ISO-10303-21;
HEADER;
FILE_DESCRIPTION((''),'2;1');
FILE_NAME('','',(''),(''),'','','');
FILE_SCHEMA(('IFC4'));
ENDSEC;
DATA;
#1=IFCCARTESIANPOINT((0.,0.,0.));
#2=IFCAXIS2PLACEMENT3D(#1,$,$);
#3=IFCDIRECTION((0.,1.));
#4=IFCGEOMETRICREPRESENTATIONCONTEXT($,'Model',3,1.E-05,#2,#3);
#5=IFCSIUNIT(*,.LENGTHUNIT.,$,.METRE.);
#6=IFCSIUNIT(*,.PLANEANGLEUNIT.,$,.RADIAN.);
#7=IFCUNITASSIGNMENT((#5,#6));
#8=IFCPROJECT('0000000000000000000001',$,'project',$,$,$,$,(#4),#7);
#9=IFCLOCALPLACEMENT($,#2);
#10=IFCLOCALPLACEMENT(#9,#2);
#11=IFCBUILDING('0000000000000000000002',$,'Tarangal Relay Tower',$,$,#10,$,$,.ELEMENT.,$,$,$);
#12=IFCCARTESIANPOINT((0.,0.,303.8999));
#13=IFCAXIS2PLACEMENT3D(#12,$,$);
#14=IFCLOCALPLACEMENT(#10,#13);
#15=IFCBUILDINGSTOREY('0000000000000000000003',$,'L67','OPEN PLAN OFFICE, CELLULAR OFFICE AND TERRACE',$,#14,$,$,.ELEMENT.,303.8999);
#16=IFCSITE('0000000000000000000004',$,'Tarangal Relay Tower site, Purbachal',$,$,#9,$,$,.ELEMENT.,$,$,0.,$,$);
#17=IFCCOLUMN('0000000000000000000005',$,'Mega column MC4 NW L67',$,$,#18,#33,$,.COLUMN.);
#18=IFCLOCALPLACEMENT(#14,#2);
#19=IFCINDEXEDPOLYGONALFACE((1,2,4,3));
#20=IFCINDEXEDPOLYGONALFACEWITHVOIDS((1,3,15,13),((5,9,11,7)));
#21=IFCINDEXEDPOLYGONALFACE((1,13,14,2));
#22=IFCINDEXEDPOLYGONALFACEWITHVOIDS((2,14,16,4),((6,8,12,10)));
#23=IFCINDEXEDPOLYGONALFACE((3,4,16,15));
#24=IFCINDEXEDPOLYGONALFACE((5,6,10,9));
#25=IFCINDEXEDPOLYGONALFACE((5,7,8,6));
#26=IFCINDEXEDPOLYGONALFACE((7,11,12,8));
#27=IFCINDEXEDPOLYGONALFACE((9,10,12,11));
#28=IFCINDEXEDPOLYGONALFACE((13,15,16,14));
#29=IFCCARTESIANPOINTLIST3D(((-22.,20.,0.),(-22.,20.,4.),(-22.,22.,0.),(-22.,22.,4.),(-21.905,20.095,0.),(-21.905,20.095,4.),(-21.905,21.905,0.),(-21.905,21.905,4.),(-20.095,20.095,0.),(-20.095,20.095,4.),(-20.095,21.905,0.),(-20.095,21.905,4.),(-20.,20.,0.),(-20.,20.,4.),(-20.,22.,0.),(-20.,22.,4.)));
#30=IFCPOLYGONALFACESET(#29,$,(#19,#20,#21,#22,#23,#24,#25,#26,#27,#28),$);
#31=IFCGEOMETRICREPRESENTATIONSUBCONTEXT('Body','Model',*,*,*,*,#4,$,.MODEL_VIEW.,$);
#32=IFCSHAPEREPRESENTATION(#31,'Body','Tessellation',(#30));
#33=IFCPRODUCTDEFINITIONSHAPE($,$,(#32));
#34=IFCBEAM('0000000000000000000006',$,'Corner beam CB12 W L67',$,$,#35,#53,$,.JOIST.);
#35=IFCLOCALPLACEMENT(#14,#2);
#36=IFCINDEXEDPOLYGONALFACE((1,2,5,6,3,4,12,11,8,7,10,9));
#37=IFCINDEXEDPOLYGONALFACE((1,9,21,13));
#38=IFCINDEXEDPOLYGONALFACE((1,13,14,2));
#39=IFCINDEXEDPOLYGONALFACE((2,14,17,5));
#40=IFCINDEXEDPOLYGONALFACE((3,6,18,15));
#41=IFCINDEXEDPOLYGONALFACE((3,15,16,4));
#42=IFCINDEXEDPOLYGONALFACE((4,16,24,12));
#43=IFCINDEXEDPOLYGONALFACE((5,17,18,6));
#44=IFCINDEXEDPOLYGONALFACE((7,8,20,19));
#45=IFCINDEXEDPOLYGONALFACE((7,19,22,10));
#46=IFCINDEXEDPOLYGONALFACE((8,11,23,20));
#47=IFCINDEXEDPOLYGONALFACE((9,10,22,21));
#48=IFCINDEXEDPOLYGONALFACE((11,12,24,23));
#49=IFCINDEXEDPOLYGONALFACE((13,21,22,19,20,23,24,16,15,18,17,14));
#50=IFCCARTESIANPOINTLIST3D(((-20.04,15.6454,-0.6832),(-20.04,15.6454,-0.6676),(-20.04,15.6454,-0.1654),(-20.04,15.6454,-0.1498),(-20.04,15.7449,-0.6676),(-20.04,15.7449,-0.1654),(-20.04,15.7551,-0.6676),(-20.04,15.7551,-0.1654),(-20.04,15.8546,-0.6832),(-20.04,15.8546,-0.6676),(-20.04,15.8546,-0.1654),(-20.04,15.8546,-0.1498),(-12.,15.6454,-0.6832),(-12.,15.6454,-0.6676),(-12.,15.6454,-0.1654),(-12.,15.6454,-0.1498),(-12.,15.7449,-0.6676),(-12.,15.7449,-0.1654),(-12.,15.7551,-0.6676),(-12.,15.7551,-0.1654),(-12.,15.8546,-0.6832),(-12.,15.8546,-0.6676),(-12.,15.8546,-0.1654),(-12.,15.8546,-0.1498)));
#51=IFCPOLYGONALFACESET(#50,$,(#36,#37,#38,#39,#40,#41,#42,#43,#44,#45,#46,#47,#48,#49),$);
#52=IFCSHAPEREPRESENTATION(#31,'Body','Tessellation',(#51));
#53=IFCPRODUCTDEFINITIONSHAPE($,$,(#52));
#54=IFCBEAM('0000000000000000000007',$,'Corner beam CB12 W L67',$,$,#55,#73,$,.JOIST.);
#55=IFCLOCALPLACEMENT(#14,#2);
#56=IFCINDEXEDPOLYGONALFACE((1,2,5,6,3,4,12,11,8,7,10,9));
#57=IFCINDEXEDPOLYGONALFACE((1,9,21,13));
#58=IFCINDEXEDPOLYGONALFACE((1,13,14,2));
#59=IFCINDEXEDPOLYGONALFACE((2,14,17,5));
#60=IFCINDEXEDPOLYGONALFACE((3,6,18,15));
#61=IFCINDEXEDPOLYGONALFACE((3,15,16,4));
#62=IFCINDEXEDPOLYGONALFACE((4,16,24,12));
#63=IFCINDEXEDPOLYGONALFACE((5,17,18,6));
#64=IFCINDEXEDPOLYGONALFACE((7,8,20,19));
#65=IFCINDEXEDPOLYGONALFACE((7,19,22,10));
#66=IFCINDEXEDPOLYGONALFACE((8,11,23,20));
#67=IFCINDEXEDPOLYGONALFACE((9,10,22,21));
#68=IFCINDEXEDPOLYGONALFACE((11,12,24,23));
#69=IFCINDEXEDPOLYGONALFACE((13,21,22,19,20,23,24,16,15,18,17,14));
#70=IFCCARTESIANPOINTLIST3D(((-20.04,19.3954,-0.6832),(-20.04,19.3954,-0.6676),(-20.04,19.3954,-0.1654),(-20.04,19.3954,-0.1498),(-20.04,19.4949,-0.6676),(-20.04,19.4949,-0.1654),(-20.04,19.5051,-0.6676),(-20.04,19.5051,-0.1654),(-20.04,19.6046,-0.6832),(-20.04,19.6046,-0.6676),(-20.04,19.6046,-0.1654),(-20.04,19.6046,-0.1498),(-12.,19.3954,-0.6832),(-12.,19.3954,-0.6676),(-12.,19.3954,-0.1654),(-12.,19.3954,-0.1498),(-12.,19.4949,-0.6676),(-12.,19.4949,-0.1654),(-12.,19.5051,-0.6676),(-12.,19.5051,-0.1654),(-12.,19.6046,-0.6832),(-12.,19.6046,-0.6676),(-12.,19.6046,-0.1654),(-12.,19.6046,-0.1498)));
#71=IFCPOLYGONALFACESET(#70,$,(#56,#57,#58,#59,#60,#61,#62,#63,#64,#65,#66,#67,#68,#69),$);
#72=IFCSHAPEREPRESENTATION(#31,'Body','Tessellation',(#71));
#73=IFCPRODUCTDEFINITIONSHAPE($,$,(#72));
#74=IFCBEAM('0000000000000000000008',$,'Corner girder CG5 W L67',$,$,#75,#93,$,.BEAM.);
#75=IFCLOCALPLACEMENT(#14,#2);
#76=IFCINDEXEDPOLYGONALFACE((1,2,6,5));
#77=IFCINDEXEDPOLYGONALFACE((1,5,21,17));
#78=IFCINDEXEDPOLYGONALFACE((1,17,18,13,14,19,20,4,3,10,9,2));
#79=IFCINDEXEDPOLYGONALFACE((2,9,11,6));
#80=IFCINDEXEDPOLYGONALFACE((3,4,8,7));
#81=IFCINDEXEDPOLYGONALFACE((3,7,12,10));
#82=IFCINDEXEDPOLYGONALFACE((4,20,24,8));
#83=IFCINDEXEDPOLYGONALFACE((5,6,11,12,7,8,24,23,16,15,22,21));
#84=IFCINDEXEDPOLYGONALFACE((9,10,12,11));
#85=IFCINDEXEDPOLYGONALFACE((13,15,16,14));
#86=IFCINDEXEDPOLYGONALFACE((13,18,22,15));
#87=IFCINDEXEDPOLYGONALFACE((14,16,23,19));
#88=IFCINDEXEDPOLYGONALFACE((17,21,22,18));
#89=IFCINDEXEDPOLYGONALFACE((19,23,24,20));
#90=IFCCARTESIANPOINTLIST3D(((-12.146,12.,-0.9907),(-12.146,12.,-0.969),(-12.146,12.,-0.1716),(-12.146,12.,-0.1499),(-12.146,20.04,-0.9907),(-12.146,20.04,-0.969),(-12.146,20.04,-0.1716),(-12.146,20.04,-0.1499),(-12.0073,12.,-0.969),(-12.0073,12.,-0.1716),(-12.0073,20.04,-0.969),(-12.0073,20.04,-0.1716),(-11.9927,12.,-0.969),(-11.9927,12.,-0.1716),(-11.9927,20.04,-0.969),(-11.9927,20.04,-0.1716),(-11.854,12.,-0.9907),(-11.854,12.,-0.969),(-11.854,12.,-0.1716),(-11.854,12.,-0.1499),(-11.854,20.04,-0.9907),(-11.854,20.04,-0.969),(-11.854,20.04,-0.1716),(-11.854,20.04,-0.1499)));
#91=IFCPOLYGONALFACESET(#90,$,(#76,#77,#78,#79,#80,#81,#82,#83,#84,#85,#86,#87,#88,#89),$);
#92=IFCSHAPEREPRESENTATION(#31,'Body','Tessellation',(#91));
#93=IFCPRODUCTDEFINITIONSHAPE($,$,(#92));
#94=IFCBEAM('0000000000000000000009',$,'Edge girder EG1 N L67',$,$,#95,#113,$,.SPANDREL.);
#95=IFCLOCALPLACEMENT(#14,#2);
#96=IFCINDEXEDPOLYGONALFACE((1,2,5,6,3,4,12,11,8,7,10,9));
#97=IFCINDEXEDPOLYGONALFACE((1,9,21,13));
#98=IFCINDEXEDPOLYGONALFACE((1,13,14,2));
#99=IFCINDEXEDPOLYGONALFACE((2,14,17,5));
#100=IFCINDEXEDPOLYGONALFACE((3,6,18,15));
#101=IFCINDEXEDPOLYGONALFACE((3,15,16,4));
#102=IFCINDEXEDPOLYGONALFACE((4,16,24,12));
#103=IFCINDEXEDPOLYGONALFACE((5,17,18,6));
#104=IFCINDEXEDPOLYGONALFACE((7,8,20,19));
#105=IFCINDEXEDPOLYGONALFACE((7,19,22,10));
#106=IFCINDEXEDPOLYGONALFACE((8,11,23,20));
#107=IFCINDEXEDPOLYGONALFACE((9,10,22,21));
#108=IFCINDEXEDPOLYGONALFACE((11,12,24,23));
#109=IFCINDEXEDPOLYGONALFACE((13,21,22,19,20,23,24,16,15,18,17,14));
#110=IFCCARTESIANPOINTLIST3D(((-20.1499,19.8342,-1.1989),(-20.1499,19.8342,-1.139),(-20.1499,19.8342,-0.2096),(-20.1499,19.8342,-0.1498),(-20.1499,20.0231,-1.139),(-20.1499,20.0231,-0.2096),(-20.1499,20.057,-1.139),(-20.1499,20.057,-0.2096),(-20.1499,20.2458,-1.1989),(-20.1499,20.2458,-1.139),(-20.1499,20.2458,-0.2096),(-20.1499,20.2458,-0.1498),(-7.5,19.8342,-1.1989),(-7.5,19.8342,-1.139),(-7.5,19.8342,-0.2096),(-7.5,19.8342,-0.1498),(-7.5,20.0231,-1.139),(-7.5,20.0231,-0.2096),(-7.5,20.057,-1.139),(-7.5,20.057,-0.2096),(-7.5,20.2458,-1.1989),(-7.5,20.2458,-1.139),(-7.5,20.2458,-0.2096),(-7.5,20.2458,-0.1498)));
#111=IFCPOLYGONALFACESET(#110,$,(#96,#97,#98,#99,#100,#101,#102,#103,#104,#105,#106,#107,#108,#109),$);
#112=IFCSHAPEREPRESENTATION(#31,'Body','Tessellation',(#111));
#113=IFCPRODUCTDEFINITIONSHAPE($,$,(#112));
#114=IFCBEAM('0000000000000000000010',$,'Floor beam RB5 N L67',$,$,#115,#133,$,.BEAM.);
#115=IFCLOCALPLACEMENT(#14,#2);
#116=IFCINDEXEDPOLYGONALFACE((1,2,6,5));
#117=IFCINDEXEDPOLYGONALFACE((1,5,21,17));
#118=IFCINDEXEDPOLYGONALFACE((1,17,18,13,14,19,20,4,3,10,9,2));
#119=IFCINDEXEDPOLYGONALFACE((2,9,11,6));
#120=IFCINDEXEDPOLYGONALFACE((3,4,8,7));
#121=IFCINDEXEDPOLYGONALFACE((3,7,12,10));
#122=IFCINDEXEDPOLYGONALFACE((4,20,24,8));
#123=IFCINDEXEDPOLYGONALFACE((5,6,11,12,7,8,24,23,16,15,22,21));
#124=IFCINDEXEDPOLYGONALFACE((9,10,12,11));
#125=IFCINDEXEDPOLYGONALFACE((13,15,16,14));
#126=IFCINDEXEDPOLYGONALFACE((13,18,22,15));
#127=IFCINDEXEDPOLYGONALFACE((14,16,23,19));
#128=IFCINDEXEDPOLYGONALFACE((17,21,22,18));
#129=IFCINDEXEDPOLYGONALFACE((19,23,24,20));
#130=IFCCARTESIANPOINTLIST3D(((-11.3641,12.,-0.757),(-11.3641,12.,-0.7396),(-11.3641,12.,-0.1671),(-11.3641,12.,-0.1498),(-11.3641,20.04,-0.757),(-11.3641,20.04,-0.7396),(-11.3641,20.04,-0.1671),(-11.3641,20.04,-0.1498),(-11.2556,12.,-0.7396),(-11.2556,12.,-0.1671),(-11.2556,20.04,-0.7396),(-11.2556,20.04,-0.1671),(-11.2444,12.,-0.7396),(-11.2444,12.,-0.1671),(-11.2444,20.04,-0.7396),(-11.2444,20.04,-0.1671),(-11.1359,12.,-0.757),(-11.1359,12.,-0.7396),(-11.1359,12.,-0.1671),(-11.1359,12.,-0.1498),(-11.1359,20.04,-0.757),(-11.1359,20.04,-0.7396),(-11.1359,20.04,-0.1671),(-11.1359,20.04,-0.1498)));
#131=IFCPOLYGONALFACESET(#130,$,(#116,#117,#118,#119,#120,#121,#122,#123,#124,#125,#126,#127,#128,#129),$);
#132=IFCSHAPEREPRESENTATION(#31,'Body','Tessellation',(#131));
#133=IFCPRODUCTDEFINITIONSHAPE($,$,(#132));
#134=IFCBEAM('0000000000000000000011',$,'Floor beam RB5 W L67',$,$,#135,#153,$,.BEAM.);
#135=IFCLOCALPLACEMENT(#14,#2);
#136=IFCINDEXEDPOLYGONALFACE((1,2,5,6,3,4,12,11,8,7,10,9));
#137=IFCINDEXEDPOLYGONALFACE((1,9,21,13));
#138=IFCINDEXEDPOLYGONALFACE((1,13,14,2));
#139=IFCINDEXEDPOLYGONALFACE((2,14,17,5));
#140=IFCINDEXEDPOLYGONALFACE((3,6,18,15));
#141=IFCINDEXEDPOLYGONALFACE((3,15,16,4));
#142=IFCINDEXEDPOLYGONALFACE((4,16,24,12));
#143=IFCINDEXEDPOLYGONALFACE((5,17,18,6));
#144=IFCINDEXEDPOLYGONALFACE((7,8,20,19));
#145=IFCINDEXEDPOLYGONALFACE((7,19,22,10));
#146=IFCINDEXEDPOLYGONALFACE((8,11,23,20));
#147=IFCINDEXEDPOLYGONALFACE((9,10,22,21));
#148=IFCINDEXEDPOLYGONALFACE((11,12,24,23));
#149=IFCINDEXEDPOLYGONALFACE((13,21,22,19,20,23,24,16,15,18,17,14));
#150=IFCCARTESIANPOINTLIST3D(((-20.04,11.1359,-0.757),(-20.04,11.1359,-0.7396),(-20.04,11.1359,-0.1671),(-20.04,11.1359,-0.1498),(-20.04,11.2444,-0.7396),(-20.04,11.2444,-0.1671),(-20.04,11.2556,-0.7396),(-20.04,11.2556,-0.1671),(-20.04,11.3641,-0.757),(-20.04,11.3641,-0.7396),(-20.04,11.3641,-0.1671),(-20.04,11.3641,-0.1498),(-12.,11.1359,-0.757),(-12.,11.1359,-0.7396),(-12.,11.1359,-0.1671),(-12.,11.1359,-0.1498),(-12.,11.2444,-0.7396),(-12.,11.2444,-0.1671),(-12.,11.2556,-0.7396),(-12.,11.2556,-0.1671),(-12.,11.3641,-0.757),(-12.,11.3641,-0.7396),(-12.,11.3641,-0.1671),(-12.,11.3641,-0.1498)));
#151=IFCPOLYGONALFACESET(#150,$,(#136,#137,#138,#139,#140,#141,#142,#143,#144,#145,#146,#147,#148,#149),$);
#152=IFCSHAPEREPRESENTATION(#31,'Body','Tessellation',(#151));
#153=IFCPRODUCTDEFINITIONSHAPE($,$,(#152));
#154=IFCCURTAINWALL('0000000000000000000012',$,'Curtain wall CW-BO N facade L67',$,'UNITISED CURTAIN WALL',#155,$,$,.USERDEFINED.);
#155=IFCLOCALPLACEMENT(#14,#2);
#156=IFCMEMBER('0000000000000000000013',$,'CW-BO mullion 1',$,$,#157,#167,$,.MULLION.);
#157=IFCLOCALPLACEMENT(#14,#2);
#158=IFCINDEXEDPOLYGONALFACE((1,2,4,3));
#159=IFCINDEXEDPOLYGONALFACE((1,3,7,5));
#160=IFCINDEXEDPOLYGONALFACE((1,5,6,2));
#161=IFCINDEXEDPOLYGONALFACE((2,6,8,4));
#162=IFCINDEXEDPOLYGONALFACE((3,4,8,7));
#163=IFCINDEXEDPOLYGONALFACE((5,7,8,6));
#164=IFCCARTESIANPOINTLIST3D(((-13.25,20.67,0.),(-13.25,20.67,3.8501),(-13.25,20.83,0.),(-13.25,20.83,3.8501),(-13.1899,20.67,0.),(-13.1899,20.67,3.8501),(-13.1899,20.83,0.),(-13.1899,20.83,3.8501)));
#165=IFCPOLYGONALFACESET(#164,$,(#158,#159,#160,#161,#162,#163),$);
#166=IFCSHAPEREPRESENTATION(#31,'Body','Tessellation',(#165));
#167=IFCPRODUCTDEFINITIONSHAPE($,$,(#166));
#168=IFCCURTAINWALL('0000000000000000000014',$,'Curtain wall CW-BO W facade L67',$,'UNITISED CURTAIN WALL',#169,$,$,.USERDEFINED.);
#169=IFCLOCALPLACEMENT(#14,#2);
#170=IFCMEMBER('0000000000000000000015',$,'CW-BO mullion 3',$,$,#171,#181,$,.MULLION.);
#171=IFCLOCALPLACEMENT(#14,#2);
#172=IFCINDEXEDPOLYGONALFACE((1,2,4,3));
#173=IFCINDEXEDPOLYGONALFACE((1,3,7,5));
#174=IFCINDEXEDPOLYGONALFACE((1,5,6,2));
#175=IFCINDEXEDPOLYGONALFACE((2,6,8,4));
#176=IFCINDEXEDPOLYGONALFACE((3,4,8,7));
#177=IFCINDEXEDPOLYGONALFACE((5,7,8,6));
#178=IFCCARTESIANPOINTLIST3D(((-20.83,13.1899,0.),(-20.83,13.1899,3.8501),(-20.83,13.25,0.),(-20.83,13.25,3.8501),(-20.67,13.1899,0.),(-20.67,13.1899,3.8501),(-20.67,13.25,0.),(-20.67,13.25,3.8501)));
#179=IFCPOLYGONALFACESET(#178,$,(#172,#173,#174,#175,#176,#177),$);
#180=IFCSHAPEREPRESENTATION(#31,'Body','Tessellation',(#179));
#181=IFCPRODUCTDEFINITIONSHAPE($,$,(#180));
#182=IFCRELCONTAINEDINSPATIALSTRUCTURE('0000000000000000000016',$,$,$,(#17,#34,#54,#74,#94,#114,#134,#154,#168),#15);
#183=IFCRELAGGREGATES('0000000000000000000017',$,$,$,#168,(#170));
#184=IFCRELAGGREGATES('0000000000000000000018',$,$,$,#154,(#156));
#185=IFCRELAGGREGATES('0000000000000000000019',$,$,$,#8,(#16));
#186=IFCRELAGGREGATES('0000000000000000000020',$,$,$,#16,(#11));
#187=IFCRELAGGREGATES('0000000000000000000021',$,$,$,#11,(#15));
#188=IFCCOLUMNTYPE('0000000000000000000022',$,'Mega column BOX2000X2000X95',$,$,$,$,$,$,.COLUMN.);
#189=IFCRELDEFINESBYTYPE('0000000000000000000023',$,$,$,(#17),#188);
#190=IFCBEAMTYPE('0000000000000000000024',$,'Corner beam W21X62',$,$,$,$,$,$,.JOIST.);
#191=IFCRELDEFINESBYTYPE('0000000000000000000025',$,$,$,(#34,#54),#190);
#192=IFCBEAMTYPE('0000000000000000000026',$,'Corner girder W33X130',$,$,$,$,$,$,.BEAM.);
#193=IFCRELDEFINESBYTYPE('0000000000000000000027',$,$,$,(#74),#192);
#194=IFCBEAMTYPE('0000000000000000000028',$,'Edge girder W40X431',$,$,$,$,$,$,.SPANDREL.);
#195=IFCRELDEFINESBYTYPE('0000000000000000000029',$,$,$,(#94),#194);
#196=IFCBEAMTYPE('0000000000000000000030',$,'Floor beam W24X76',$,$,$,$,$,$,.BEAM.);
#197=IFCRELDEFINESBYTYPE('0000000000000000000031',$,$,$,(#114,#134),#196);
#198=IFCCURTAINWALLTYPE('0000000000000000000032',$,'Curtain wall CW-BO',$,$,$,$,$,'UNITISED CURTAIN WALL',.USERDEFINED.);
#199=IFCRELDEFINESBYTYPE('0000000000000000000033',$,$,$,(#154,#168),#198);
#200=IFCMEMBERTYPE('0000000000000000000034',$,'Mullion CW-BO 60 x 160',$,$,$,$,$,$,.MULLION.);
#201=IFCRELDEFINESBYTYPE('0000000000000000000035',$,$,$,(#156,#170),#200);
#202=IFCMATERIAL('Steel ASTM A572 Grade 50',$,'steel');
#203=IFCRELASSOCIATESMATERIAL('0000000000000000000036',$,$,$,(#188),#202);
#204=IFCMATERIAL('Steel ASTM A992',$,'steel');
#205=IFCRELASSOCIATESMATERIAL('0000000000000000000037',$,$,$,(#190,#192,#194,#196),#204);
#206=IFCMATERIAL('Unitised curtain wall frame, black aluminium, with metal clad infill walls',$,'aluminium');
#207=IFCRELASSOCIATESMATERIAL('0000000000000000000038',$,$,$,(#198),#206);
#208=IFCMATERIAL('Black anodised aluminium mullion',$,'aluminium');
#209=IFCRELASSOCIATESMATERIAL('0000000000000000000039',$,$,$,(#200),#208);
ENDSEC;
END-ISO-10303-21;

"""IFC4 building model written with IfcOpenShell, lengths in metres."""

from ifc_helpers import new_model, si_unit, direction, frame, origin, origin_2d, place, context, subcontext, project, spatial, rectangle, hollow_rectangle, i_section, extrude, material, material_profile, profile_set, type_object, element, aggregate, save


model = new_model("IFC4")

# Units and contexts
model_context = context("Model", 3, precision=1e-05, world=origin(), true_north=direction((0.0, 1.0)))
body_context = subcontext(model_context, "Body", "Model", "MODEL_VIEW")
ifc_project = project(units=[si_unit("LENGTHUNIT", "METRE"), si_unit("PLANEANGLEUNIT", "RADIAN")], contexts=[model_context])

# Site, building, storey
site_placement = place(None, origin())
site = spatial("IfcSite", under=ifc_project, at=site_placement, Name="Tarangal Relay Tower site, Purbachal", CompositionType="ELEMENT", RefElevation=0.0)
building_placement = place(site_placement, origin())
building = spatial("IfcBuilding", under=site, at=building_placement, Name="Tarangal Relay Tower", CompositionType="ELEMENT")
storey_placement = place(building_placement, frame((0.0, 0.0, 303.8999)))
storey = spatial("IfcBuildingStorey", under=building, at=storey_placement, Name="L67", Description="OPEN PLAN OFFICE, CELLULAR OFFICE AND TERRACE", CompositionType="ELEMENT", Elevation=303.8999)

# Column
ifc_material_1 = material(Name="Steel ASTM A572 Grade 50", Category="steel")
ifc_material_profile_1 = material_profile(ifc_material_1, hollow_rectangle(XDim=2.0, YDim=2.0, WallThickness=0.095, at=origin_2d()), Name="BOX2000X2000X95")
ifc_profile_set_1 = profile_set([ifc_material_profile_1], Name="Steel ASTM A572 Grade 50")
column_type = type_object("IfcColumnType", Name="Mega column BOX2000X2000X95", PredefinedType="COLUMN", material=ifc_profile_set_1)
column_placement = place(storey_placement, frame((-21.0, 21.0, 0.0), z_axis=(0.0, 0.0, 1.0), x_axis=(1.0, 0.0, 0.0)))
element("IfcColumn", 1, at=column_placement, inside=storey, type_object=column_type, Name="Mega column MC4 NW L67", PredefinedType="COLUMN", context=body_context, shape_type="SweptSolid", body=[
    extrude(hollow_rectangle(XDim=2.0, YDim=2.0, WallThickness=0.095, at=origin_2d()), origin(), (0.0, 0.0, 1.0), 4.0),
])

# Beams
ifc_material_2 = material(Name="Steel ASTM A992", Category="steel")
ifc_material_profile_2 = material_profile(ifc_material_2, i_section(OverallWidth=0.2092, OverallDepth=0.5334, WebThickness=0.0103, FlangeThickness=0.0156, at=origin_2d()), Name="W21X62")
ifc_profile_set_2 = profile_set([ifc_material_profile_2], Name="Steel ASTM A992")
beam_type_1 = type_object("IfcBeamType", Name="Corner beam W21X62", PredefinedType="JOIST", material=ifc_profile_set_2)
for number, where, z_axis, x_axis, name in (
    (2, (-12.0, 15.75, -0.4165), (-1.0, 0.0, 0.0), (0.0, -1.0, 0.0), "Corner beam CB12 W L67"),
    (3, (-12.0, 19.5, -0.4165), (-1.0, 0.0, 0.0), (0.0, -1.0, 0.0), "Corner beam CB12 W L67"),
):
    element("IfcBeam", number, at=place(storey_placement, frame(where, z_axis=z_axis, x_axis=x_axis)), inside=storey, type_object=beam_type_1, Name=name, PredefinedType="JOIST", context=body_context, shape_type="SweptSolid", body=[
        extrude(i_section(OverallWidth=0.2092, OverallDepth=0.5334, WebThickness=0.0103, FlangeThickness=0.0156, at=origin_2d()), origin(), (0.0, 0.0, 1.0), 8.04),
    ])
ifc_material_profile_3 = material_profile(ifc_material_2, i_section(OverallWidth=0.292, OverallDepth=0.8408, WebThickness=0.0146, FlangeThickness=0.0217, at=origin_2d()), Name="W33X130")
ifc_profile_set_3 = profile_set([ifc_material_profile_3], Name="Steel ASTM A992")
beam_type_2 = type_object("IfcBeamType", Name="Corner girder W33X130", PredefinedType="BEAM", material=ifc_profile_set_3)
beam_1_placement = place(storey_placement, frame((-12.0, 12.0, -0.5703), z_axis=(0.0, 1.0, 0.0), x_axis=(-1.0, 0.0, 0.0)))
element("IfcBeam", 4, at=beam_1_placement, inside=storey, type_object=beam_type_2, Name="Corner girder CG5 W L67", PredefinedType="BEAM", context=body_context, shape_type="SweptSolid", body=[
    extrude(i_section(OverallWidth=0.292, OverallDepth=0.8408, WebThickness=0.0146, FlangeThickness=0.0217, at=origin_2d()), origin(), (0.0, 0.0, 1.0), 8.04),
])
ifc_material_profile_4 = material_profile(ifc_material_2, i_section(OverallWidth=0.4116, OverallDepth=1.0491, WebThickness=0.0339, FlangeThickness=0.0598, at=origin_2d()), Name="W40X431")
ifc_profile_set_4 = profile_set([ifc_material_profile_4], Name="Steel ASTM A992")
beam_type_3 = type_object("IfcBeamType", Name="Edge girder W40X431", PredefinedType="SPANDREL", material=ifc_profile_set_4)
beam_2_placement = place(storey_placement, frame((-20.1499, 20.04, -0.6743), z_axis=(1.0, 0.0, 0.0), x_axis=(0.0, 1.0, 0.0)))
element("IfcBeam", 5, at=beam_2_placement, inside=storey, type_object=beam_type_3, Name="Edge girder EG1 N L67", PredefinedType="SPANDREL", context=body_context, shape_type="SweptSolid", body=[
    extrude(i_section(OverallWidth=0.4116, OverallDepth=1.0491, WebThickness=0.0339, FlangeThickness=0.0598, at=origin_2d()), origin(), (0.0, 0.0, 1.0), 12.6499),
])
ifc_material_profile_5 = material_profile(ifc_material_2, i_section(OverallWidth=0.2283, OverallDepth=0.6072, WebThickness=0.0112, FlangeThickness=0.0173, at=origin_2d()), Name="W24X76")
ifc_profile_set_5 = profile_set([ifc_material_profile_5], Name="Steel ASTM A992")
beam_type_4 = type_object("IfcBeamType", Name="Floor beam W24X76", PredefinedType="BEAM", material=ifc_profile_set_5)
for number, where, z_axis, x_axis, name in (
    (6, (-11.25, 12.0, -0.4534), (0.0, 1.0, 0.0), (-1.0, 0.0, 0.0), "Floor beam RB5 N L67"),
    (7, (-12.0, 11.25, -0.4534), (-1.0, 0.0, 0.0), (0.0, -1.0, 0.0), "Floor beam RB5 W L67"),
):
    element("IfcBeam", number, at=place(storey_placement, frame(where, z_axis=z_axis, x_axis=x_axis)), inside=storey, type_object=beam_type_4, Name=name, PredefinedType="BEAM", context=body_context, shape_type="SweptSolid", body=[
        extrude(i_section(OverallWidth=0.2283, OverallDepth=0.6072, WebThickness=0.0112, FlangeThickness=0.0173, at=origin_2d()), origin(), (0.0, 0.0, 1.0), 8.04),
    ])

# Curtain walls, members
ifc_material_3 = material(Name="Unitised curtain wall frame, black aluminium, with metal clad infill walls", Category="aluminium")
curtain_wall_type = type_object("IfcCurtainWallType", Name="Curtain wall CW-BO", ElementType="UNITISED CURTAIN WALL", PredefinedType="USERDEFINED", material=ifc_material_3)
curtain_wall_1_placement = place(storey_placement, origin())
curtain_wall_1 = element("IfcCurtainWall", 8, at=curtain_wall_1_placement, inside=storey, type_object=curtain_wall_type, Name="Curtain wall CW-BO N facade L67", ObjectType="UNITISED CURTAIN WALL", PredefinedType="USERDEFINED")
ifc_material_4 = material(Name="Black anodised aluminium mullion", Category="aluminium")
ifc_material_profile_6 = material_profile(ifc_material_4, rectangle(XDim=0.1599, YDim=0.0601, at=origin_2d()), Name="CW-BOM 60X160")
ifc_profile_set_6 = profile_set([ifc_material_profile_6], Name="Black anodised aluminium mullion")
member_type_1 = type_object("IfcMemberType", Name="Mullion CW-BO 60 x 160", PredefinedType="MULLION", material=ifc_profile_set_6)
member_1_placement = place(storey_placement, frame((-13.22, 20.75, 0.0), z_axis=(0.0, 0.0, 1.0), x_axis=(0.0, 1.0, 0.0)))
member_1 = element("IfcMember", 9, at=member_1_placement, type_object=member_type_1, Name="CW-BO mullion 1", PredefinedType="MULLION", context=body_context, shape_type="SweptSolid", body=[
    extrude(rectangle(XDim=0.1599, YDim=0.0601, at=origin_2d()), origin(), (0.0, 0.0, 1.0), 3.8501),
])
curtain_wall_2_placement = place(storey_placement, origin())
curtain_wall_2 = element("IfcCurtainWall", 10, at=curtain_wall_2_placement, inside=storey, type_object=curtain_wall_type, Name="Curtain wall CW-BO W facade L67", ObjectType="UNITISED CURTAIN WALL", PredefinedType="USERDEFINED")
member_2_placement = place(storey_placement, frame((-20.75, 13.22, 0.0), z_axis=(0.0, 0.0, 1.0), x_axis=(-1.0, 0.0, 0.0)))
member_2 = element("IfcMember", 11, at=member_2_placement, type_object=member_type_1, Name="CW-BO mullion 3", PredefinedType="MULLION", context=body_context, shape_type="SweptSolid", body=[
    extrude(rectangle(XDim=0.1599, YDim=0.0601, at=origin_2d()), origin(), (0.0, 0.0, 1.0), 3.8501),
])
aggregate(curtain_wall_2, [member_2])

aggregate(curtain_wall_1, [member_1])

save(model, "model.ifc")
